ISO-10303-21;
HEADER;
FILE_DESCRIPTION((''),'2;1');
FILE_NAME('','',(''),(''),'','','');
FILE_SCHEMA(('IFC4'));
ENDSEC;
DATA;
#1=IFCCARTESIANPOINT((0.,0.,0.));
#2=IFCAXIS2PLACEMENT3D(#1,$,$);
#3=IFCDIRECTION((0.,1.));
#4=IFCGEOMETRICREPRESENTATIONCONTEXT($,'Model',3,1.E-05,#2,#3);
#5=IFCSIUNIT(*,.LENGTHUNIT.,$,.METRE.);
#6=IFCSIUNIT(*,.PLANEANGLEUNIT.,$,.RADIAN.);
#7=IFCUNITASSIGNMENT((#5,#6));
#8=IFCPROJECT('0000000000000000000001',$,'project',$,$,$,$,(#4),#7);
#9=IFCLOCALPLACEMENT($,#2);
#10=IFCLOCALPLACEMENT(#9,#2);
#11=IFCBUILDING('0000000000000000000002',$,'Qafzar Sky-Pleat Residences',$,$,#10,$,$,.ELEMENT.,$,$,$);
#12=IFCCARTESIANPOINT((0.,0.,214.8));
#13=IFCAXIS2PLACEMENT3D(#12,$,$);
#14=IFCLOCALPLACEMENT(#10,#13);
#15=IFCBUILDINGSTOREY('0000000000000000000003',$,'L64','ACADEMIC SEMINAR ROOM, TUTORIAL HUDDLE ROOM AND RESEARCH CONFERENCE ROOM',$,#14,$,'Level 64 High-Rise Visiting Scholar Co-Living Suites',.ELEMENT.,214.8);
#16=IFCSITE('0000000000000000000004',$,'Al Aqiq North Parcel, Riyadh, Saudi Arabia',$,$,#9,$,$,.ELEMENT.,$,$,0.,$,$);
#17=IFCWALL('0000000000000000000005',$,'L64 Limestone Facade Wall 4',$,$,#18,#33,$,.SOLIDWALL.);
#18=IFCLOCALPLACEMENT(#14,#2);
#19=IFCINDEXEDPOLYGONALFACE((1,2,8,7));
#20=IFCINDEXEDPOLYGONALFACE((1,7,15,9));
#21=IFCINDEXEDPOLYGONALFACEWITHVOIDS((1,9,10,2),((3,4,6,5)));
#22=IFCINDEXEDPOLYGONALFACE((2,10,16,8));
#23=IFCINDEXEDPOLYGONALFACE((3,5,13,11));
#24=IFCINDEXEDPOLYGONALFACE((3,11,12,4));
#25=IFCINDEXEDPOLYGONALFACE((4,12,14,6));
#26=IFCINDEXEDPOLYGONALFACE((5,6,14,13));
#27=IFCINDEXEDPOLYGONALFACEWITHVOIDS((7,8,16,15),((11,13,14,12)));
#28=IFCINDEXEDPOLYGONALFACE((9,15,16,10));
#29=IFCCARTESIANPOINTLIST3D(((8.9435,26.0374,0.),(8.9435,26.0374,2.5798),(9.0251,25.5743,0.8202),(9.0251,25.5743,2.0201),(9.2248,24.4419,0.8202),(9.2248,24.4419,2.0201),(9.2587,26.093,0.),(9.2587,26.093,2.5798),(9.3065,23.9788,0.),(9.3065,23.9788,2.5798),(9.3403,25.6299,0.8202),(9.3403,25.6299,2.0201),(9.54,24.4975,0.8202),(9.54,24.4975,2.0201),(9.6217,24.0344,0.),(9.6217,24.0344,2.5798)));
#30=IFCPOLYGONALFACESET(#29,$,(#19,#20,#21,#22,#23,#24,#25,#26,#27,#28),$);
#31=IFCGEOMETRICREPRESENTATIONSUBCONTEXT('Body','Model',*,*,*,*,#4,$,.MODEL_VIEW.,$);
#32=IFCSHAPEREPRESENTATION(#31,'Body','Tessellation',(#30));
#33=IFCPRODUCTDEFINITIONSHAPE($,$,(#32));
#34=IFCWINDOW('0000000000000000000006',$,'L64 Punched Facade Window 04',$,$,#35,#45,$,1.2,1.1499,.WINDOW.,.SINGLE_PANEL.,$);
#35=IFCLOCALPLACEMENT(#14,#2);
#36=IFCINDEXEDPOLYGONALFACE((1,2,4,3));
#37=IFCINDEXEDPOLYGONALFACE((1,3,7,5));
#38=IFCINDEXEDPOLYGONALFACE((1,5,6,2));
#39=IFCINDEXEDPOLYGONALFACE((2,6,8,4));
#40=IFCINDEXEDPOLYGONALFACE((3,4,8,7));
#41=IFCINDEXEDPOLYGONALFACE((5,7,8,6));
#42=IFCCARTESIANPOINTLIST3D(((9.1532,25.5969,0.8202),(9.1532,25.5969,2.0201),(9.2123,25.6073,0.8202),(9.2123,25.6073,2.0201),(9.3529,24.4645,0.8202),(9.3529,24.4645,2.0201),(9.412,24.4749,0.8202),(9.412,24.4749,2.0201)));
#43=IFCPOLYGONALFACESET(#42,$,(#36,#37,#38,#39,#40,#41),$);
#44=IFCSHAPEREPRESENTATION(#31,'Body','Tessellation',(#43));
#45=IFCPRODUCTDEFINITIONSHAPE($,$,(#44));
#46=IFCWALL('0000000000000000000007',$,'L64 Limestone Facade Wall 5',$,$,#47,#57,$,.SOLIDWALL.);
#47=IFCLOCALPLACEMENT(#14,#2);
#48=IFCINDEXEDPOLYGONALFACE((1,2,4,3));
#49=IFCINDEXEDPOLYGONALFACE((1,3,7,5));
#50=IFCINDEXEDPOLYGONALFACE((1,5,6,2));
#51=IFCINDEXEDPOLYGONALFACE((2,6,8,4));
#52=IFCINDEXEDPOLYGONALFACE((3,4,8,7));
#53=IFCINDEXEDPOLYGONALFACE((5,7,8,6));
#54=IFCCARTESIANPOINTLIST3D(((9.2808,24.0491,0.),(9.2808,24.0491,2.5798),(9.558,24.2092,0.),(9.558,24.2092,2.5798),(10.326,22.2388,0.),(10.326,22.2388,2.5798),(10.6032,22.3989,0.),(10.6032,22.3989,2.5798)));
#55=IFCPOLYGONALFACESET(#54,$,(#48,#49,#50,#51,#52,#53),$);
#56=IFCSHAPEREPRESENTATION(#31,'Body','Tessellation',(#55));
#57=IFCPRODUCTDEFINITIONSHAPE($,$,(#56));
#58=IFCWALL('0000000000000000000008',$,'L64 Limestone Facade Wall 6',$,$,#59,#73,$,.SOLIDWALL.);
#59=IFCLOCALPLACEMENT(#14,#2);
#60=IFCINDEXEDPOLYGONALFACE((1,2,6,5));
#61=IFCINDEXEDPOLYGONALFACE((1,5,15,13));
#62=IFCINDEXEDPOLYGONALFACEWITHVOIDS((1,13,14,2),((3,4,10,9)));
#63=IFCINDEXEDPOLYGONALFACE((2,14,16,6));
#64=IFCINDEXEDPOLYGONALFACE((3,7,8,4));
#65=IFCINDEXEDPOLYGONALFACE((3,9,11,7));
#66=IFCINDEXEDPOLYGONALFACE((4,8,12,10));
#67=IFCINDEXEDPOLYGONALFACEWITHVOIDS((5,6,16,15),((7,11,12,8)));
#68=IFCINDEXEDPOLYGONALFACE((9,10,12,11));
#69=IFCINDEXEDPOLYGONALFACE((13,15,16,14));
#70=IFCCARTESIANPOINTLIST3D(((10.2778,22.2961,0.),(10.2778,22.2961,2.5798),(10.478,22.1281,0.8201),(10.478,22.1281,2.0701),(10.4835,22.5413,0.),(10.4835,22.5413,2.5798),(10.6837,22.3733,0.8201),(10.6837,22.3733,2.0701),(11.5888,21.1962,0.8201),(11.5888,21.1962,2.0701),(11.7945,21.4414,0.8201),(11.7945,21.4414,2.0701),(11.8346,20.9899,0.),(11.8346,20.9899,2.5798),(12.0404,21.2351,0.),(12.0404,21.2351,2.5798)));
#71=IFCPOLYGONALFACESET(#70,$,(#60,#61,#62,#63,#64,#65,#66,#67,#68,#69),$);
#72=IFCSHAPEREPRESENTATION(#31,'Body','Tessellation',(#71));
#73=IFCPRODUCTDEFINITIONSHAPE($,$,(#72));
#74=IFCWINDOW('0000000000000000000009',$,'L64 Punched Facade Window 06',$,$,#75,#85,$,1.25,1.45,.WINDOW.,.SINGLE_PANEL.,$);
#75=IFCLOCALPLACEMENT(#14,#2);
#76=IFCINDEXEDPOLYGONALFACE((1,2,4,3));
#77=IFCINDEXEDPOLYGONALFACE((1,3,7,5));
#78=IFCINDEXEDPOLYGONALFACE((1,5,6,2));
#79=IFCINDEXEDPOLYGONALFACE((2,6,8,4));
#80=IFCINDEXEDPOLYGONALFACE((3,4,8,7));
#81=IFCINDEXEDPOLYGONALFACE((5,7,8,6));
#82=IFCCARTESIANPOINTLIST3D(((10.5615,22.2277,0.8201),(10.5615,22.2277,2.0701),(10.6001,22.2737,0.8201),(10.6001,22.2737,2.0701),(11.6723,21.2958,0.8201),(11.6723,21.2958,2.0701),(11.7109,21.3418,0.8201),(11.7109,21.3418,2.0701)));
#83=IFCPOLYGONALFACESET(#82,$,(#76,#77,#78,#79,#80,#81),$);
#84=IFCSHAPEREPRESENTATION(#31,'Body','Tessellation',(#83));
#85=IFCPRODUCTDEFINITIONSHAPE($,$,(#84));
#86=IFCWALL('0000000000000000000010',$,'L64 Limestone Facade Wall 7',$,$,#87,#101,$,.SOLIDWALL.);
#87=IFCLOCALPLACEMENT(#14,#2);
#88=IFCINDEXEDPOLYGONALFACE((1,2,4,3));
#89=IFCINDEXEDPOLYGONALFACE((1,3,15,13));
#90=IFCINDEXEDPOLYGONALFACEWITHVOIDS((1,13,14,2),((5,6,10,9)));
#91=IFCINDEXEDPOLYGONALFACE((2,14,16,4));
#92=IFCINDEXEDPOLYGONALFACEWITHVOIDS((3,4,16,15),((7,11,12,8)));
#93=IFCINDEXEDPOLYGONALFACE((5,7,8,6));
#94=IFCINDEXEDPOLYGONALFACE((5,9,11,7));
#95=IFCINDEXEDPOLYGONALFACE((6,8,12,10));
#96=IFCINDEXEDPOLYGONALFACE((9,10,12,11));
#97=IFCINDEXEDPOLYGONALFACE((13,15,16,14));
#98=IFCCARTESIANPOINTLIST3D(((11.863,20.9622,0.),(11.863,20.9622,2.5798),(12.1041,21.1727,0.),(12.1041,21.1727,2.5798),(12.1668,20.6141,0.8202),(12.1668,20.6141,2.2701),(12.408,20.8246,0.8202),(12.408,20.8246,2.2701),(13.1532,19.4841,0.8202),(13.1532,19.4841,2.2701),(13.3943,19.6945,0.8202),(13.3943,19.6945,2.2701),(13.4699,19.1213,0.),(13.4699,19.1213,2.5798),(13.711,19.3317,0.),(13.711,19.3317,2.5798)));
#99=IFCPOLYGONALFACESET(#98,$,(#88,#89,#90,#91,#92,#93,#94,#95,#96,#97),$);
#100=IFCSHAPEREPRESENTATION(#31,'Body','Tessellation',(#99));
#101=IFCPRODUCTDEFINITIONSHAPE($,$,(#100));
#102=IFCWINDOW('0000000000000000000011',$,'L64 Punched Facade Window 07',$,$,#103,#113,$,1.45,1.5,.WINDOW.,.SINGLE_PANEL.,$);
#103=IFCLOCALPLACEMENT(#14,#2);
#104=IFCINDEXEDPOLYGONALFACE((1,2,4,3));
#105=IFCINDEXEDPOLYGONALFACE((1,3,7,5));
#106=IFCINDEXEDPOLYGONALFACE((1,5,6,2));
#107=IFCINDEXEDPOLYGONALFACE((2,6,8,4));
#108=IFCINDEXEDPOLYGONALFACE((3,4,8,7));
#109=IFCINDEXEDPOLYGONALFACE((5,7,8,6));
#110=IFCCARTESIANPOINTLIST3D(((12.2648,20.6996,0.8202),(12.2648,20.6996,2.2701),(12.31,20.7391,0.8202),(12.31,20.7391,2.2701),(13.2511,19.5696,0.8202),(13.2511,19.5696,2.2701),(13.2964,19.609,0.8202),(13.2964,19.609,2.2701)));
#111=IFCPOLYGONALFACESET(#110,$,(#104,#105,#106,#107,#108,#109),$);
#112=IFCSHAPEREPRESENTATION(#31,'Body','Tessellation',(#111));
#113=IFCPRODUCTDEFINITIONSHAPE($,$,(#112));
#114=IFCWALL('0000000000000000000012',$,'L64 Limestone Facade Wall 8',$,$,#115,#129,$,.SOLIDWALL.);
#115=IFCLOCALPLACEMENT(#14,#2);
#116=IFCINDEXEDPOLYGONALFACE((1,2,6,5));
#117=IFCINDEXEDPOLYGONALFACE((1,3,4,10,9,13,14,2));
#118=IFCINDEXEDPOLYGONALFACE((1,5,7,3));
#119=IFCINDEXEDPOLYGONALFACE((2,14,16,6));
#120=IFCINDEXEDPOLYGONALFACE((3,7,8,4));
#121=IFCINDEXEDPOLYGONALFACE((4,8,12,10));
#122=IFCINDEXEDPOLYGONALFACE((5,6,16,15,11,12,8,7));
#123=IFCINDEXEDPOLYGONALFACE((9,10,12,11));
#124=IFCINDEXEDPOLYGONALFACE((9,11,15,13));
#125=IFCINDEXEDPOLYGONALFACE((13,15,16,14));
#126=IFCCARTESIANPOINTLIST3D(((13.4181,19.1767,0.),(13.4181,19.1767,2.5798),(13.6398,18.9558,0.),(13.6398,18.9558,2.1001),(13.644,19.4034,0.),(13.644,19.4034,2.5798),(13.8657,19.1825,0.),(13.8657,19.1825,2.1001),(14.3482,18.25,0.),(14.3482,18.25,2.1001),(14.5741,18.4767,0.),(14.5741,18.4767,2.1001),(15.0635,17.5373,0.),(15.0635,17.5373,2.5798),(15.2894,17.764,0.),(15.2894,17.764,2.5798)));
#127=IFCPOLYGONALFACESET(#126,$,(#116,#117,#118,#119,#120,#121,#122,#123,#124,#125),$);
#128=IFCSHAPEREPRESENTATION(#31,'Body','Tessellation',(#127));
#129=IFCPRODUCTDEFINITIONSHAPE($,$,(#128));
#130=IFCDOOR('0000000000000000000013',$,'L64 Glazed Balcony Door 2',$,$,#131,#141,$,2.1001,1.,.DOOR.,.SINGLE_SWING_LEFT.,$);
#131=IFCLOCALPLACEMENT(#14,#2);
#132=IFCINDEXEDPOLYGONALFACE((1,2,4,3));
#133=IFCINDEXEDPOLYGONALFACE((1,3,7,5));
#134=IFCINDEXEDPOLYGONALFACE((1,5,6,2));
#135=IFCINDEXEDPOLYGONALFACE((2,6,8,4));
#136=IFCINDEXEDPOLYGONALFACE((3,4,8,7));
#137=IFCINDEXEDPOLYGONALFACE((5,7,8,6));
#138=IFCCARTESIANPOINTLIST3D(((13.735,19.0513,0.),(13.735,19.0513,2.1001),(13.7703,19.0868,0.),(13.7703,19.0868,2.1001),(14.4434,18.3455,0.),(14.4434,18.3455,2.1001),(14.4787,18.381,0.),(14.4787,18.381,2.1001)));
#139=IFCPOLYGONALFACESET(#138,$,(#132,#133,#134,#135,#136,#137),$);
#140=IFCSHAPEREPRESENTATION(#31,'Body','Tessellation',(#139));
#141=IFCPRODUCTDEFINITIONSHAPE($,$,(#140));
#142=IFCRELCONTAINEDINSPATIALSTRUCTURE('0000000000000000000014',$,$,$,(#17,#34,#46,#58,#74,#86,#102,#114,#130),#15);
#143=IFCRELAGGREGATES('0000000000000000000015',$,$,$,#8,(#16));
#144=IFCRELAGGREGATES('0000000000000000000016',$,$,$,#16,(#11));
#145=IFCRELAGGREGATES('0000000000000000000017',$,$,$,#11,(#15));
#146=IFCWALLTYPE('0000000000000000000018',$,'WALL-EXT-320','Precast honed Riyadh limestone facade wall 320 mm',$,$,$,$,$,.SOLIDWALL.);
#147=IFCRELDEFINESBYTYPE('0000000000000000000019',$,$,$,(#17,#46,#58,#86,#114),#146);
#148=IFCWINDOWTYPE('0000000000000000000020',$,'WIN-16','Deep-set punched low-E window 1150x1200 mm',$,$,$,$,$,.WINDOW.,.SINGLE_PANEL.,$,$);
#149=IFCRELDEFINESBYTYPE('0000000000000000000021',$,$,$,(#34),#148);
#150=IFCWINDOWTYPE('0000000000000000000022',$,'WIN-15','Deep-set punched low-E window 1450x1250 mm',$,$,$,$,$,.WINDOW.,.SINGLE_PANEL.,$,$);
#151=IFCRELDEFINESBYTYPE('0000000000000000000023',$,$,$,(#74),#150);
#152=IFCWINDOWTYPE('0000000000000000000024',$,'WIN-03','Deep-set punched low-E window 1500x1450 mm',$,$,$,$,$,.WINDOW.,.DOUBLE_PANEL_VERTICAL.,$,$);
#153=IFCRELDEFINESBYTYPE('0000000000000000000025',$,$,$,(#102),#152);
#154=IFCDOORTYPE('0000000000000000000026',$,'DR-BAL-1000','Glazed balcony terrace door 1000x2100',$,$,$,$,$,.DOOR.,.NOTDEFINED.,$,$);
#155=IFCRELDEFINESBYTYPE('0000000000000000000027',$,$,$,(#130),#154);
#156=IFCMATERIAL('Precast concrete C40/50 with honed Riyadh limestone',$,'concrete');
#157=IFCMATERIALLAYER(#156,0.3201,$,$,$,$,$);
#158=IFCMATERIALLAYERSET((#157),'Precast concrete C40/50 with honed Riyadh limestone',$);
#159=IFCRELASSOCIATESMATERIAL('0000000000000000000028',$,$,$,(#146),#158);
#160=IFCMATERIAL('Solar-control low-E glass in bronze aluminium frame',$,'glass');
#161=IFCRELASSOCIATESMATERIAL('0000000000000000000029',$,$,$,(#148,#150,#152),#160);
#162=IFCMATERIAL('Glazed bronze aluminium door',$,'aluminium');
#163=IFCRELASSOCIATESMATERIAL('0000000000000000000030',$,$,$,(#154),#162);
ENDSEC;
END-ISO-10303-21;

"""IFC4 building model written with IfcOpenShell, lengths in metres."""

from ifc_helpers import new_model, si_unit, direction, frame, frame_2d, origin, place, context, subcontext, project, spatial, rectangle, extrude, source, transform, mapped, material, layer, layer_set, type_object, element, fill, save


model = new_model("IFC4")

# Units and contexts
model_context = context("Model", 3, precision=1e-05, world=origin(), true_north=direction((0.0, 1.0)))
body_context = subcontext(model_context, "Body", "Model", "MODEL_VIEW")
ifc_project = project(units=[si_unit("LENGTHUNIT", "METRE"), si_unit("PLANEANGLEUNIT", "RADIAN")], contexts=[model_context])

# Site, building, storey
site_placement = place(None, origin())
site = spatial("IfcSite", under=ifc_project, at=site_placement, Name="Al Aqiq North Parcel, Riyadh, Saudi Arabia", CompositionType="ELEMENT", RefElevation=0.0)
building_placement = place(site_placement, origin())
building = spatial("IfcBuilding", under=site, at=building_placement, Name="Qafzar Sky-Pleat Residences", CompositionType="ELEMENT")
storey_placement = place(building_placement, frame((0.0, 0.0, 214.8)))
storey = spatial("IfcBuildingStorey", under=building, at=storey_placement, Name="L64", Description="ACADEMIC SEMINAR ROOM, TUTORIAL HUDDLE ROOM AND RESEARCH CONFERENCE ROOM", LongName="Level 64 High-Rise Visiting Scholar Co-Living Suites", CompositionType="ELEMENT", Elevation=214.8)

# Wall, opening, window
ifc_material_1 = material(Name="Precast concrete C40/50 with honed Riyadh limestone", Category="concrete")
ifc_layer_1 = layer(ifc_material_1, 0.3201)
ifc_layer_set_1 = layer_set([ifc_layer_1], Name="Precast concrete C40/50 with honed Riyadh limestone")
wall_type_1 = type_object("IfcWallType", Name="WALL-EXT-320", Description="Precast honed Riyadh limestone facade wall 320 mm", PredefinedType="SOLIDWALL", material=ifc_layer_set_1)
wall_1_placement = place(storey_placement, frame((9.1011, 26.0652, 0.0), z_axis=(0.0, 0.0, 1.0), x_axis=(0.173672, -0.984804, 0.0)))
wall_1 = element("IfcWall", 1, at=wall_1_placement, inside=storey, type_object=wall_type_1, Name="L64 Limestone Facade Wall 4", PredefinedType="SOLIDWALL", context=body_context, shape_type="SweptSolid", body=[
    extrude(rectangle(XDim=2.0903, YDim=0.3201, at=frame_2d((1.0452, 0.0))), origin(), (0.0, 0.0, 1.0), 2.5798),
])
opening_1_placement = place(wall_1_placement, frame((0.4702, 0.0, 0.8201)))
opening_1 = element("IfcOpeningElement", 2, at=opening_1_placement, cuts=wall_1, PredefinedType="OPENING", context=body_context, shape_type="SweptSolid", body=[
    extrude(rectangle(XDim=1.1499, YDim=1.2, at=frame_2d((0.575, 0.6001))), frame((0.0, 0.1699, 0.0), z_axis=(0.0, -1.0, 0.0), x_axis=(1.0, 0.0, 0.0)), (0.0, 0.0, 1.0), 0.3401),
])
ifc_material_2 = material(Name="Solar-control low-E glass in bronze aluminium frame", Category="glass")
window_type_1 = type_object("IfcWindowType", Name="WIN-16", Description="Deep-set punched low-E window 1150x1200 mm", PartitioningType="SINGLE_PANEL", PredefinedType="WINDOW", material=ifc_material_2)
shared_shape_1 = source(origin(), body_context, "Body", "SweptSolid", [
    extrude(rectangle(XDim=1.1499, YDim=1.2, at=frame_2d((0.575, 0.6001))), frame((0.0, 0.03, 0.0), z_axis=(0.0, -1.0, 0.0), x_axis=(1.0, 0.0, 0.0)), (0.0, 0.0, 1.0), 0.0601),
])
window_1_placement = place(opening_1_placement, origin())
window_1 = element("IfcWindow", 3, at=window_1_placement, inside=storey, type_object=window_type_1, Name="L64 Punched Facade Window 04", OverallHeight=1.2, OverallWidth=1.1499, PartitioningType="SINGLE_PANEL", PredefinedType="WINDOW", context=body_context, shape_type="MappedRepresentation", body=[
    mapped(shared_shape_1, transform((0.0, 0.0, 0.0), x_axis=(1.0, 0.0, 0.0), y_axis=(0.0, 1.0, 0.0), z_axis=(0.0, 0.0, 1.0), scale=1.0)),
])
fill(opening_1, window_1)

# Wall
wall_2_placement = place(storey_placement, frame((9.4194, 24.1292, 0.0), z_axis=(0.0, 0.0, 1.0), x_axis=(0.499995, -0.866028, 0.0)))
element("IfcWall", 4, at=wall_2_placement, inside=storey, type_object=wall_type_1, Name="L64 Limestone Facade Wall 5", PredefinedType="SOLIDWALL", context=body_context, shape_type="SweptSolid", body=[
    extrude(rectangle(XDim=2.0903, YDim=0.3201, at=frame_2d((1.0452, 0.0))), origin(), (0.0, 0.0, 1.0), 2.5798),
])

# Walls, openings, windows
wall_3_placement = place(storey_placement, frame((10.3806, 22.4187, 0.0), z_axis=(0.0, 0.0, 1.0), x_axis=(0.7661, -0.642721, 0.0)))
wall_3 = element("IfcWall", 5, at=wall_3_placement, inside=storey, type_object=wall_type_1, Name="L64 Limestone Facade Wall 6", PredefinedType="SOLIDWALL", context=body_context, shape_type="SweptSolid", body=[
    extrude(rectangle(XDim=2.0322, YDim=0.3201, at=frame_2d((1.0161, 0.0))), origin(), (0.0, 0.0, 1.0), 2.5798),
])
opening_2_placement = place(wall_3_placement, frame((0.2612, 0.0, 0.8201)))
opening_2 = element("IfcOpeningElement", 6, at=opening_2_placement, cuts=wall_3, PredefinedType="OPENING", context=body_context, shape_type="SweptSolid", body=[
    extrude(rectangle(XDim=1.45, YDim=1.25, at=frame_2d((0.7251, 0.625))), frame((0.0, 0.1699, 0.0), z_axis=(0.0, -1.0, 0.0), x_axis=(1.0, 0.0, 0.0)), (0.0, 0.0, 1.0), 0.3401),
])
window_type_2 = type_object("IfcWindowType", Name="WIN-15", Description="Deep-set punched low-E window 1450x1250 mm", PartitioningType="SINGLE_PANEL", PredefinedType="WINDOW", material=ifc_material_2)
shared_shape_2 = source(origin(), body_context, "Body", "SweptSolid", [
    extrude(rectangle(XDim=1.45, YDim=1.25, at=frame_2d((0.7251, 0.625))), frame((0.0, 0.03, 0.0), z_axis=(0.0, -1.0, 0.0), x_axis=(1.0, 0.0, 0.0)), (0.0, 0.0, 1.0), 0.0601),
])
window_2_placement = place(opening_2_placement, origin())
window_2 = element("IfcWindow", 7, at=window_2_placement, inside=storey, type_object=window_type_2, Name="L64 Punched Facade Window 06", OverallHeight=1.25, OverallWidth=1.45, PartitioningType="SINGLE_PANEL", PredefinedType="WINDOW", context=body_context, shape_type="MappedRepresentation", body=[
    mapped(shared_shape_2, transform((0.0, 0.0, 0.0), x_axis=(1.0, 0.0, 0.0), y_axis=(0.0, 1.0, 0.0), z_axis=(0.0, 0.0, 1.0), scale=1.0)),
])
fill(opening_2, window_2)
wall_4_placement = place(storey_placement, frame((11.9836, 21.0674, 0.0), z_axis=(0.0, 0.0, 1.0), x_axis=(0.657578, -0.753387, 0.0)))
wall_4 = element("IfcWall", 8, at=wall_4_placement, inside=storey, type_object=wall_type_1, Name="L64 Limestone Facade Wall 7", PredefinedType="SOLIDWALL", context=body_context, shape_type="SweptSolid", body=[
    extrude(rectangle(XDim=2.4436, YDim=0.3201, at=frame_2d((1.2217, 0.0))), origin(), (0.0, 0.0, 1.0), 2.5798),
])
opening_3_placement = place(wall_4_placement, frame((0.4619, 0.0, 0.8201)))
opening_3 = element("IfcOpeningElement", 9, at=opening_3_placement, cuts=wall_4, PredefinedType="OPENING", context=body_context, shape_type="SweptSolid", body=[
    extrude(rectangle(XDim=1.5, YDim=1.45, at=frame_2d((0.75, 0.7251))), frame((0.0, 0.1699, 0.0), z_axis=(0.0, -1.0, 0.0), x_axis=(1.0, 0.0, 0.0)), (0.0, 0.0, 1.0), 0.3401),
])
window_type_3 = type_object("IfcWindowType", Name="WIN-03", Description="Deep-set punched low-E window 1500x1450 mm", PartitioningType="DOUBLE_PANEL_VERTICAL", PredefinedType="WINDOW", material=ifc_material_2)
shared_shape_3 = source(origin(), body_context, "Body", "SweptSolid", [
    extrude(rectangle(XDim=1.5, YDim=1.45, at=frame_2d((0.75, 0.7251))), frame((0.0, 0.03, 0.0), z_axis=(0.0, -1.0, 0.0), x_axis=(1.0, 0.0, 0.0)), (0.0, 0.0, 1.0), 0.0601),
])
window_3_placement = place(opening_3_placement, origin())
window_3 = element("IfcWindow", 10, at=window_3_placement, inside=storey, type_object=window_type_3, Name="L64 Punched Facade Window 07", OverallHeight=1.45, OverallWidth=1.5, PartitioningType="SINGLE_PANEL", PredefinedType="WINDOW", context=body_context, shape_type="MappedRepresentation", body=[
    mapped(shared_shape_3, transform((0.0, 0.0, 0.0), x_axis=(1.0, 0.0, 0.0), y_axis=(0.0, 1.0, 0.0), z_axis=(0.0, 0.0, 1.0), scale=1.0)),
])
fill(opening_3, window_3)

# Wall, opening, door
wall_5_placement = place(storey_placement, frame((13.531, 19.29, 0.0), z_axis=(0.0, 0.0, 1.0), x_axis=(0.708419, -0.705792, 0.0)))
wall_5 = element("IfcWall", 11, at=wall_5_placement, inside=storey, type_object=wall_type_1, Name="L64 Limestone Facade Wall 8", PredefinedType="SOLIDWALL", context=body_context, shape_type="SweptSolid", body=[
    extrude(rectangle(XDim=2.3228, YDim=0.3201, at=frame_2d((1.1614, 0.0))), origin(), (0.0, 0.0, 1.0), 2.5798),
])
opening_4_placement = place(wall_5_placement, frame((0.313, 0.0, 0.0)))
opening_4 = element("IfcOpeningElement", 12, at=opening_4_placement, cuts=wall_5, PredefinedType="OPENING", context=body_context, shape_type="SweptSolid", body=[
    extrude(rectangle(XDim=1.0, YDim=2.1001, at=frame_2d((0.5, 1.05))), frame((0.0, 0.1699, 0.0), z_axis=(0.0, -1.0, 0.0), x_axis=(1.0, 0.0, 0.0)), (0.0, 0.0, 1.0), 0.3401),
])
ifc_material_3 = material(Name="Glazed bronze aluminium door", Category="aluminium")
door_type = type_object("IfcDoorType", Name="DR-BAL-1000", Description="Glazed balcony terrace door 1000x2100", OperationType="NOTDEFINED", PredefinedType="DOOR", material=ifc_material_3)
shared_shape_4 = source(origin(), body_context, "Body", "SweptSolid", [
    extrude(rectangle(XDim=1.0, YDim=2.1001, at=frame_2d((0.5, 1.05))), frame((0.0, 0.0249, 0.0), z_axis=(0.0, -1.0, 0.0), x_axis=(1.0, 0.0, 0.0)), (0.0, 0.0, 1.0), 0.05),
])
door_placement = place(opening_4_placement, origin())
door = element("IfcDoor", 13, at=door_placement, inside=storey, type_object=door_type, Name="L64 Glazed Balcony Door 2", OperationType="SINGLE_SWING_LEFT", OverallHeight=2.1001, OverallWidth=1.0, PredefinedType="DOOR", context=body_context, shape_type="MappedRepresentation", body=[
    mapped(shared_shape_4, transform((0.0, 0.0, 0.0), x_axis=(1.0, 0.0, 0.0), y_axis=(0.0, 1.0, 0.0), z_axis=(0.0, 0.0, 1.0), scale=1.0)),
])
fill(opening_4, door)

save(model, "model.ifc")
